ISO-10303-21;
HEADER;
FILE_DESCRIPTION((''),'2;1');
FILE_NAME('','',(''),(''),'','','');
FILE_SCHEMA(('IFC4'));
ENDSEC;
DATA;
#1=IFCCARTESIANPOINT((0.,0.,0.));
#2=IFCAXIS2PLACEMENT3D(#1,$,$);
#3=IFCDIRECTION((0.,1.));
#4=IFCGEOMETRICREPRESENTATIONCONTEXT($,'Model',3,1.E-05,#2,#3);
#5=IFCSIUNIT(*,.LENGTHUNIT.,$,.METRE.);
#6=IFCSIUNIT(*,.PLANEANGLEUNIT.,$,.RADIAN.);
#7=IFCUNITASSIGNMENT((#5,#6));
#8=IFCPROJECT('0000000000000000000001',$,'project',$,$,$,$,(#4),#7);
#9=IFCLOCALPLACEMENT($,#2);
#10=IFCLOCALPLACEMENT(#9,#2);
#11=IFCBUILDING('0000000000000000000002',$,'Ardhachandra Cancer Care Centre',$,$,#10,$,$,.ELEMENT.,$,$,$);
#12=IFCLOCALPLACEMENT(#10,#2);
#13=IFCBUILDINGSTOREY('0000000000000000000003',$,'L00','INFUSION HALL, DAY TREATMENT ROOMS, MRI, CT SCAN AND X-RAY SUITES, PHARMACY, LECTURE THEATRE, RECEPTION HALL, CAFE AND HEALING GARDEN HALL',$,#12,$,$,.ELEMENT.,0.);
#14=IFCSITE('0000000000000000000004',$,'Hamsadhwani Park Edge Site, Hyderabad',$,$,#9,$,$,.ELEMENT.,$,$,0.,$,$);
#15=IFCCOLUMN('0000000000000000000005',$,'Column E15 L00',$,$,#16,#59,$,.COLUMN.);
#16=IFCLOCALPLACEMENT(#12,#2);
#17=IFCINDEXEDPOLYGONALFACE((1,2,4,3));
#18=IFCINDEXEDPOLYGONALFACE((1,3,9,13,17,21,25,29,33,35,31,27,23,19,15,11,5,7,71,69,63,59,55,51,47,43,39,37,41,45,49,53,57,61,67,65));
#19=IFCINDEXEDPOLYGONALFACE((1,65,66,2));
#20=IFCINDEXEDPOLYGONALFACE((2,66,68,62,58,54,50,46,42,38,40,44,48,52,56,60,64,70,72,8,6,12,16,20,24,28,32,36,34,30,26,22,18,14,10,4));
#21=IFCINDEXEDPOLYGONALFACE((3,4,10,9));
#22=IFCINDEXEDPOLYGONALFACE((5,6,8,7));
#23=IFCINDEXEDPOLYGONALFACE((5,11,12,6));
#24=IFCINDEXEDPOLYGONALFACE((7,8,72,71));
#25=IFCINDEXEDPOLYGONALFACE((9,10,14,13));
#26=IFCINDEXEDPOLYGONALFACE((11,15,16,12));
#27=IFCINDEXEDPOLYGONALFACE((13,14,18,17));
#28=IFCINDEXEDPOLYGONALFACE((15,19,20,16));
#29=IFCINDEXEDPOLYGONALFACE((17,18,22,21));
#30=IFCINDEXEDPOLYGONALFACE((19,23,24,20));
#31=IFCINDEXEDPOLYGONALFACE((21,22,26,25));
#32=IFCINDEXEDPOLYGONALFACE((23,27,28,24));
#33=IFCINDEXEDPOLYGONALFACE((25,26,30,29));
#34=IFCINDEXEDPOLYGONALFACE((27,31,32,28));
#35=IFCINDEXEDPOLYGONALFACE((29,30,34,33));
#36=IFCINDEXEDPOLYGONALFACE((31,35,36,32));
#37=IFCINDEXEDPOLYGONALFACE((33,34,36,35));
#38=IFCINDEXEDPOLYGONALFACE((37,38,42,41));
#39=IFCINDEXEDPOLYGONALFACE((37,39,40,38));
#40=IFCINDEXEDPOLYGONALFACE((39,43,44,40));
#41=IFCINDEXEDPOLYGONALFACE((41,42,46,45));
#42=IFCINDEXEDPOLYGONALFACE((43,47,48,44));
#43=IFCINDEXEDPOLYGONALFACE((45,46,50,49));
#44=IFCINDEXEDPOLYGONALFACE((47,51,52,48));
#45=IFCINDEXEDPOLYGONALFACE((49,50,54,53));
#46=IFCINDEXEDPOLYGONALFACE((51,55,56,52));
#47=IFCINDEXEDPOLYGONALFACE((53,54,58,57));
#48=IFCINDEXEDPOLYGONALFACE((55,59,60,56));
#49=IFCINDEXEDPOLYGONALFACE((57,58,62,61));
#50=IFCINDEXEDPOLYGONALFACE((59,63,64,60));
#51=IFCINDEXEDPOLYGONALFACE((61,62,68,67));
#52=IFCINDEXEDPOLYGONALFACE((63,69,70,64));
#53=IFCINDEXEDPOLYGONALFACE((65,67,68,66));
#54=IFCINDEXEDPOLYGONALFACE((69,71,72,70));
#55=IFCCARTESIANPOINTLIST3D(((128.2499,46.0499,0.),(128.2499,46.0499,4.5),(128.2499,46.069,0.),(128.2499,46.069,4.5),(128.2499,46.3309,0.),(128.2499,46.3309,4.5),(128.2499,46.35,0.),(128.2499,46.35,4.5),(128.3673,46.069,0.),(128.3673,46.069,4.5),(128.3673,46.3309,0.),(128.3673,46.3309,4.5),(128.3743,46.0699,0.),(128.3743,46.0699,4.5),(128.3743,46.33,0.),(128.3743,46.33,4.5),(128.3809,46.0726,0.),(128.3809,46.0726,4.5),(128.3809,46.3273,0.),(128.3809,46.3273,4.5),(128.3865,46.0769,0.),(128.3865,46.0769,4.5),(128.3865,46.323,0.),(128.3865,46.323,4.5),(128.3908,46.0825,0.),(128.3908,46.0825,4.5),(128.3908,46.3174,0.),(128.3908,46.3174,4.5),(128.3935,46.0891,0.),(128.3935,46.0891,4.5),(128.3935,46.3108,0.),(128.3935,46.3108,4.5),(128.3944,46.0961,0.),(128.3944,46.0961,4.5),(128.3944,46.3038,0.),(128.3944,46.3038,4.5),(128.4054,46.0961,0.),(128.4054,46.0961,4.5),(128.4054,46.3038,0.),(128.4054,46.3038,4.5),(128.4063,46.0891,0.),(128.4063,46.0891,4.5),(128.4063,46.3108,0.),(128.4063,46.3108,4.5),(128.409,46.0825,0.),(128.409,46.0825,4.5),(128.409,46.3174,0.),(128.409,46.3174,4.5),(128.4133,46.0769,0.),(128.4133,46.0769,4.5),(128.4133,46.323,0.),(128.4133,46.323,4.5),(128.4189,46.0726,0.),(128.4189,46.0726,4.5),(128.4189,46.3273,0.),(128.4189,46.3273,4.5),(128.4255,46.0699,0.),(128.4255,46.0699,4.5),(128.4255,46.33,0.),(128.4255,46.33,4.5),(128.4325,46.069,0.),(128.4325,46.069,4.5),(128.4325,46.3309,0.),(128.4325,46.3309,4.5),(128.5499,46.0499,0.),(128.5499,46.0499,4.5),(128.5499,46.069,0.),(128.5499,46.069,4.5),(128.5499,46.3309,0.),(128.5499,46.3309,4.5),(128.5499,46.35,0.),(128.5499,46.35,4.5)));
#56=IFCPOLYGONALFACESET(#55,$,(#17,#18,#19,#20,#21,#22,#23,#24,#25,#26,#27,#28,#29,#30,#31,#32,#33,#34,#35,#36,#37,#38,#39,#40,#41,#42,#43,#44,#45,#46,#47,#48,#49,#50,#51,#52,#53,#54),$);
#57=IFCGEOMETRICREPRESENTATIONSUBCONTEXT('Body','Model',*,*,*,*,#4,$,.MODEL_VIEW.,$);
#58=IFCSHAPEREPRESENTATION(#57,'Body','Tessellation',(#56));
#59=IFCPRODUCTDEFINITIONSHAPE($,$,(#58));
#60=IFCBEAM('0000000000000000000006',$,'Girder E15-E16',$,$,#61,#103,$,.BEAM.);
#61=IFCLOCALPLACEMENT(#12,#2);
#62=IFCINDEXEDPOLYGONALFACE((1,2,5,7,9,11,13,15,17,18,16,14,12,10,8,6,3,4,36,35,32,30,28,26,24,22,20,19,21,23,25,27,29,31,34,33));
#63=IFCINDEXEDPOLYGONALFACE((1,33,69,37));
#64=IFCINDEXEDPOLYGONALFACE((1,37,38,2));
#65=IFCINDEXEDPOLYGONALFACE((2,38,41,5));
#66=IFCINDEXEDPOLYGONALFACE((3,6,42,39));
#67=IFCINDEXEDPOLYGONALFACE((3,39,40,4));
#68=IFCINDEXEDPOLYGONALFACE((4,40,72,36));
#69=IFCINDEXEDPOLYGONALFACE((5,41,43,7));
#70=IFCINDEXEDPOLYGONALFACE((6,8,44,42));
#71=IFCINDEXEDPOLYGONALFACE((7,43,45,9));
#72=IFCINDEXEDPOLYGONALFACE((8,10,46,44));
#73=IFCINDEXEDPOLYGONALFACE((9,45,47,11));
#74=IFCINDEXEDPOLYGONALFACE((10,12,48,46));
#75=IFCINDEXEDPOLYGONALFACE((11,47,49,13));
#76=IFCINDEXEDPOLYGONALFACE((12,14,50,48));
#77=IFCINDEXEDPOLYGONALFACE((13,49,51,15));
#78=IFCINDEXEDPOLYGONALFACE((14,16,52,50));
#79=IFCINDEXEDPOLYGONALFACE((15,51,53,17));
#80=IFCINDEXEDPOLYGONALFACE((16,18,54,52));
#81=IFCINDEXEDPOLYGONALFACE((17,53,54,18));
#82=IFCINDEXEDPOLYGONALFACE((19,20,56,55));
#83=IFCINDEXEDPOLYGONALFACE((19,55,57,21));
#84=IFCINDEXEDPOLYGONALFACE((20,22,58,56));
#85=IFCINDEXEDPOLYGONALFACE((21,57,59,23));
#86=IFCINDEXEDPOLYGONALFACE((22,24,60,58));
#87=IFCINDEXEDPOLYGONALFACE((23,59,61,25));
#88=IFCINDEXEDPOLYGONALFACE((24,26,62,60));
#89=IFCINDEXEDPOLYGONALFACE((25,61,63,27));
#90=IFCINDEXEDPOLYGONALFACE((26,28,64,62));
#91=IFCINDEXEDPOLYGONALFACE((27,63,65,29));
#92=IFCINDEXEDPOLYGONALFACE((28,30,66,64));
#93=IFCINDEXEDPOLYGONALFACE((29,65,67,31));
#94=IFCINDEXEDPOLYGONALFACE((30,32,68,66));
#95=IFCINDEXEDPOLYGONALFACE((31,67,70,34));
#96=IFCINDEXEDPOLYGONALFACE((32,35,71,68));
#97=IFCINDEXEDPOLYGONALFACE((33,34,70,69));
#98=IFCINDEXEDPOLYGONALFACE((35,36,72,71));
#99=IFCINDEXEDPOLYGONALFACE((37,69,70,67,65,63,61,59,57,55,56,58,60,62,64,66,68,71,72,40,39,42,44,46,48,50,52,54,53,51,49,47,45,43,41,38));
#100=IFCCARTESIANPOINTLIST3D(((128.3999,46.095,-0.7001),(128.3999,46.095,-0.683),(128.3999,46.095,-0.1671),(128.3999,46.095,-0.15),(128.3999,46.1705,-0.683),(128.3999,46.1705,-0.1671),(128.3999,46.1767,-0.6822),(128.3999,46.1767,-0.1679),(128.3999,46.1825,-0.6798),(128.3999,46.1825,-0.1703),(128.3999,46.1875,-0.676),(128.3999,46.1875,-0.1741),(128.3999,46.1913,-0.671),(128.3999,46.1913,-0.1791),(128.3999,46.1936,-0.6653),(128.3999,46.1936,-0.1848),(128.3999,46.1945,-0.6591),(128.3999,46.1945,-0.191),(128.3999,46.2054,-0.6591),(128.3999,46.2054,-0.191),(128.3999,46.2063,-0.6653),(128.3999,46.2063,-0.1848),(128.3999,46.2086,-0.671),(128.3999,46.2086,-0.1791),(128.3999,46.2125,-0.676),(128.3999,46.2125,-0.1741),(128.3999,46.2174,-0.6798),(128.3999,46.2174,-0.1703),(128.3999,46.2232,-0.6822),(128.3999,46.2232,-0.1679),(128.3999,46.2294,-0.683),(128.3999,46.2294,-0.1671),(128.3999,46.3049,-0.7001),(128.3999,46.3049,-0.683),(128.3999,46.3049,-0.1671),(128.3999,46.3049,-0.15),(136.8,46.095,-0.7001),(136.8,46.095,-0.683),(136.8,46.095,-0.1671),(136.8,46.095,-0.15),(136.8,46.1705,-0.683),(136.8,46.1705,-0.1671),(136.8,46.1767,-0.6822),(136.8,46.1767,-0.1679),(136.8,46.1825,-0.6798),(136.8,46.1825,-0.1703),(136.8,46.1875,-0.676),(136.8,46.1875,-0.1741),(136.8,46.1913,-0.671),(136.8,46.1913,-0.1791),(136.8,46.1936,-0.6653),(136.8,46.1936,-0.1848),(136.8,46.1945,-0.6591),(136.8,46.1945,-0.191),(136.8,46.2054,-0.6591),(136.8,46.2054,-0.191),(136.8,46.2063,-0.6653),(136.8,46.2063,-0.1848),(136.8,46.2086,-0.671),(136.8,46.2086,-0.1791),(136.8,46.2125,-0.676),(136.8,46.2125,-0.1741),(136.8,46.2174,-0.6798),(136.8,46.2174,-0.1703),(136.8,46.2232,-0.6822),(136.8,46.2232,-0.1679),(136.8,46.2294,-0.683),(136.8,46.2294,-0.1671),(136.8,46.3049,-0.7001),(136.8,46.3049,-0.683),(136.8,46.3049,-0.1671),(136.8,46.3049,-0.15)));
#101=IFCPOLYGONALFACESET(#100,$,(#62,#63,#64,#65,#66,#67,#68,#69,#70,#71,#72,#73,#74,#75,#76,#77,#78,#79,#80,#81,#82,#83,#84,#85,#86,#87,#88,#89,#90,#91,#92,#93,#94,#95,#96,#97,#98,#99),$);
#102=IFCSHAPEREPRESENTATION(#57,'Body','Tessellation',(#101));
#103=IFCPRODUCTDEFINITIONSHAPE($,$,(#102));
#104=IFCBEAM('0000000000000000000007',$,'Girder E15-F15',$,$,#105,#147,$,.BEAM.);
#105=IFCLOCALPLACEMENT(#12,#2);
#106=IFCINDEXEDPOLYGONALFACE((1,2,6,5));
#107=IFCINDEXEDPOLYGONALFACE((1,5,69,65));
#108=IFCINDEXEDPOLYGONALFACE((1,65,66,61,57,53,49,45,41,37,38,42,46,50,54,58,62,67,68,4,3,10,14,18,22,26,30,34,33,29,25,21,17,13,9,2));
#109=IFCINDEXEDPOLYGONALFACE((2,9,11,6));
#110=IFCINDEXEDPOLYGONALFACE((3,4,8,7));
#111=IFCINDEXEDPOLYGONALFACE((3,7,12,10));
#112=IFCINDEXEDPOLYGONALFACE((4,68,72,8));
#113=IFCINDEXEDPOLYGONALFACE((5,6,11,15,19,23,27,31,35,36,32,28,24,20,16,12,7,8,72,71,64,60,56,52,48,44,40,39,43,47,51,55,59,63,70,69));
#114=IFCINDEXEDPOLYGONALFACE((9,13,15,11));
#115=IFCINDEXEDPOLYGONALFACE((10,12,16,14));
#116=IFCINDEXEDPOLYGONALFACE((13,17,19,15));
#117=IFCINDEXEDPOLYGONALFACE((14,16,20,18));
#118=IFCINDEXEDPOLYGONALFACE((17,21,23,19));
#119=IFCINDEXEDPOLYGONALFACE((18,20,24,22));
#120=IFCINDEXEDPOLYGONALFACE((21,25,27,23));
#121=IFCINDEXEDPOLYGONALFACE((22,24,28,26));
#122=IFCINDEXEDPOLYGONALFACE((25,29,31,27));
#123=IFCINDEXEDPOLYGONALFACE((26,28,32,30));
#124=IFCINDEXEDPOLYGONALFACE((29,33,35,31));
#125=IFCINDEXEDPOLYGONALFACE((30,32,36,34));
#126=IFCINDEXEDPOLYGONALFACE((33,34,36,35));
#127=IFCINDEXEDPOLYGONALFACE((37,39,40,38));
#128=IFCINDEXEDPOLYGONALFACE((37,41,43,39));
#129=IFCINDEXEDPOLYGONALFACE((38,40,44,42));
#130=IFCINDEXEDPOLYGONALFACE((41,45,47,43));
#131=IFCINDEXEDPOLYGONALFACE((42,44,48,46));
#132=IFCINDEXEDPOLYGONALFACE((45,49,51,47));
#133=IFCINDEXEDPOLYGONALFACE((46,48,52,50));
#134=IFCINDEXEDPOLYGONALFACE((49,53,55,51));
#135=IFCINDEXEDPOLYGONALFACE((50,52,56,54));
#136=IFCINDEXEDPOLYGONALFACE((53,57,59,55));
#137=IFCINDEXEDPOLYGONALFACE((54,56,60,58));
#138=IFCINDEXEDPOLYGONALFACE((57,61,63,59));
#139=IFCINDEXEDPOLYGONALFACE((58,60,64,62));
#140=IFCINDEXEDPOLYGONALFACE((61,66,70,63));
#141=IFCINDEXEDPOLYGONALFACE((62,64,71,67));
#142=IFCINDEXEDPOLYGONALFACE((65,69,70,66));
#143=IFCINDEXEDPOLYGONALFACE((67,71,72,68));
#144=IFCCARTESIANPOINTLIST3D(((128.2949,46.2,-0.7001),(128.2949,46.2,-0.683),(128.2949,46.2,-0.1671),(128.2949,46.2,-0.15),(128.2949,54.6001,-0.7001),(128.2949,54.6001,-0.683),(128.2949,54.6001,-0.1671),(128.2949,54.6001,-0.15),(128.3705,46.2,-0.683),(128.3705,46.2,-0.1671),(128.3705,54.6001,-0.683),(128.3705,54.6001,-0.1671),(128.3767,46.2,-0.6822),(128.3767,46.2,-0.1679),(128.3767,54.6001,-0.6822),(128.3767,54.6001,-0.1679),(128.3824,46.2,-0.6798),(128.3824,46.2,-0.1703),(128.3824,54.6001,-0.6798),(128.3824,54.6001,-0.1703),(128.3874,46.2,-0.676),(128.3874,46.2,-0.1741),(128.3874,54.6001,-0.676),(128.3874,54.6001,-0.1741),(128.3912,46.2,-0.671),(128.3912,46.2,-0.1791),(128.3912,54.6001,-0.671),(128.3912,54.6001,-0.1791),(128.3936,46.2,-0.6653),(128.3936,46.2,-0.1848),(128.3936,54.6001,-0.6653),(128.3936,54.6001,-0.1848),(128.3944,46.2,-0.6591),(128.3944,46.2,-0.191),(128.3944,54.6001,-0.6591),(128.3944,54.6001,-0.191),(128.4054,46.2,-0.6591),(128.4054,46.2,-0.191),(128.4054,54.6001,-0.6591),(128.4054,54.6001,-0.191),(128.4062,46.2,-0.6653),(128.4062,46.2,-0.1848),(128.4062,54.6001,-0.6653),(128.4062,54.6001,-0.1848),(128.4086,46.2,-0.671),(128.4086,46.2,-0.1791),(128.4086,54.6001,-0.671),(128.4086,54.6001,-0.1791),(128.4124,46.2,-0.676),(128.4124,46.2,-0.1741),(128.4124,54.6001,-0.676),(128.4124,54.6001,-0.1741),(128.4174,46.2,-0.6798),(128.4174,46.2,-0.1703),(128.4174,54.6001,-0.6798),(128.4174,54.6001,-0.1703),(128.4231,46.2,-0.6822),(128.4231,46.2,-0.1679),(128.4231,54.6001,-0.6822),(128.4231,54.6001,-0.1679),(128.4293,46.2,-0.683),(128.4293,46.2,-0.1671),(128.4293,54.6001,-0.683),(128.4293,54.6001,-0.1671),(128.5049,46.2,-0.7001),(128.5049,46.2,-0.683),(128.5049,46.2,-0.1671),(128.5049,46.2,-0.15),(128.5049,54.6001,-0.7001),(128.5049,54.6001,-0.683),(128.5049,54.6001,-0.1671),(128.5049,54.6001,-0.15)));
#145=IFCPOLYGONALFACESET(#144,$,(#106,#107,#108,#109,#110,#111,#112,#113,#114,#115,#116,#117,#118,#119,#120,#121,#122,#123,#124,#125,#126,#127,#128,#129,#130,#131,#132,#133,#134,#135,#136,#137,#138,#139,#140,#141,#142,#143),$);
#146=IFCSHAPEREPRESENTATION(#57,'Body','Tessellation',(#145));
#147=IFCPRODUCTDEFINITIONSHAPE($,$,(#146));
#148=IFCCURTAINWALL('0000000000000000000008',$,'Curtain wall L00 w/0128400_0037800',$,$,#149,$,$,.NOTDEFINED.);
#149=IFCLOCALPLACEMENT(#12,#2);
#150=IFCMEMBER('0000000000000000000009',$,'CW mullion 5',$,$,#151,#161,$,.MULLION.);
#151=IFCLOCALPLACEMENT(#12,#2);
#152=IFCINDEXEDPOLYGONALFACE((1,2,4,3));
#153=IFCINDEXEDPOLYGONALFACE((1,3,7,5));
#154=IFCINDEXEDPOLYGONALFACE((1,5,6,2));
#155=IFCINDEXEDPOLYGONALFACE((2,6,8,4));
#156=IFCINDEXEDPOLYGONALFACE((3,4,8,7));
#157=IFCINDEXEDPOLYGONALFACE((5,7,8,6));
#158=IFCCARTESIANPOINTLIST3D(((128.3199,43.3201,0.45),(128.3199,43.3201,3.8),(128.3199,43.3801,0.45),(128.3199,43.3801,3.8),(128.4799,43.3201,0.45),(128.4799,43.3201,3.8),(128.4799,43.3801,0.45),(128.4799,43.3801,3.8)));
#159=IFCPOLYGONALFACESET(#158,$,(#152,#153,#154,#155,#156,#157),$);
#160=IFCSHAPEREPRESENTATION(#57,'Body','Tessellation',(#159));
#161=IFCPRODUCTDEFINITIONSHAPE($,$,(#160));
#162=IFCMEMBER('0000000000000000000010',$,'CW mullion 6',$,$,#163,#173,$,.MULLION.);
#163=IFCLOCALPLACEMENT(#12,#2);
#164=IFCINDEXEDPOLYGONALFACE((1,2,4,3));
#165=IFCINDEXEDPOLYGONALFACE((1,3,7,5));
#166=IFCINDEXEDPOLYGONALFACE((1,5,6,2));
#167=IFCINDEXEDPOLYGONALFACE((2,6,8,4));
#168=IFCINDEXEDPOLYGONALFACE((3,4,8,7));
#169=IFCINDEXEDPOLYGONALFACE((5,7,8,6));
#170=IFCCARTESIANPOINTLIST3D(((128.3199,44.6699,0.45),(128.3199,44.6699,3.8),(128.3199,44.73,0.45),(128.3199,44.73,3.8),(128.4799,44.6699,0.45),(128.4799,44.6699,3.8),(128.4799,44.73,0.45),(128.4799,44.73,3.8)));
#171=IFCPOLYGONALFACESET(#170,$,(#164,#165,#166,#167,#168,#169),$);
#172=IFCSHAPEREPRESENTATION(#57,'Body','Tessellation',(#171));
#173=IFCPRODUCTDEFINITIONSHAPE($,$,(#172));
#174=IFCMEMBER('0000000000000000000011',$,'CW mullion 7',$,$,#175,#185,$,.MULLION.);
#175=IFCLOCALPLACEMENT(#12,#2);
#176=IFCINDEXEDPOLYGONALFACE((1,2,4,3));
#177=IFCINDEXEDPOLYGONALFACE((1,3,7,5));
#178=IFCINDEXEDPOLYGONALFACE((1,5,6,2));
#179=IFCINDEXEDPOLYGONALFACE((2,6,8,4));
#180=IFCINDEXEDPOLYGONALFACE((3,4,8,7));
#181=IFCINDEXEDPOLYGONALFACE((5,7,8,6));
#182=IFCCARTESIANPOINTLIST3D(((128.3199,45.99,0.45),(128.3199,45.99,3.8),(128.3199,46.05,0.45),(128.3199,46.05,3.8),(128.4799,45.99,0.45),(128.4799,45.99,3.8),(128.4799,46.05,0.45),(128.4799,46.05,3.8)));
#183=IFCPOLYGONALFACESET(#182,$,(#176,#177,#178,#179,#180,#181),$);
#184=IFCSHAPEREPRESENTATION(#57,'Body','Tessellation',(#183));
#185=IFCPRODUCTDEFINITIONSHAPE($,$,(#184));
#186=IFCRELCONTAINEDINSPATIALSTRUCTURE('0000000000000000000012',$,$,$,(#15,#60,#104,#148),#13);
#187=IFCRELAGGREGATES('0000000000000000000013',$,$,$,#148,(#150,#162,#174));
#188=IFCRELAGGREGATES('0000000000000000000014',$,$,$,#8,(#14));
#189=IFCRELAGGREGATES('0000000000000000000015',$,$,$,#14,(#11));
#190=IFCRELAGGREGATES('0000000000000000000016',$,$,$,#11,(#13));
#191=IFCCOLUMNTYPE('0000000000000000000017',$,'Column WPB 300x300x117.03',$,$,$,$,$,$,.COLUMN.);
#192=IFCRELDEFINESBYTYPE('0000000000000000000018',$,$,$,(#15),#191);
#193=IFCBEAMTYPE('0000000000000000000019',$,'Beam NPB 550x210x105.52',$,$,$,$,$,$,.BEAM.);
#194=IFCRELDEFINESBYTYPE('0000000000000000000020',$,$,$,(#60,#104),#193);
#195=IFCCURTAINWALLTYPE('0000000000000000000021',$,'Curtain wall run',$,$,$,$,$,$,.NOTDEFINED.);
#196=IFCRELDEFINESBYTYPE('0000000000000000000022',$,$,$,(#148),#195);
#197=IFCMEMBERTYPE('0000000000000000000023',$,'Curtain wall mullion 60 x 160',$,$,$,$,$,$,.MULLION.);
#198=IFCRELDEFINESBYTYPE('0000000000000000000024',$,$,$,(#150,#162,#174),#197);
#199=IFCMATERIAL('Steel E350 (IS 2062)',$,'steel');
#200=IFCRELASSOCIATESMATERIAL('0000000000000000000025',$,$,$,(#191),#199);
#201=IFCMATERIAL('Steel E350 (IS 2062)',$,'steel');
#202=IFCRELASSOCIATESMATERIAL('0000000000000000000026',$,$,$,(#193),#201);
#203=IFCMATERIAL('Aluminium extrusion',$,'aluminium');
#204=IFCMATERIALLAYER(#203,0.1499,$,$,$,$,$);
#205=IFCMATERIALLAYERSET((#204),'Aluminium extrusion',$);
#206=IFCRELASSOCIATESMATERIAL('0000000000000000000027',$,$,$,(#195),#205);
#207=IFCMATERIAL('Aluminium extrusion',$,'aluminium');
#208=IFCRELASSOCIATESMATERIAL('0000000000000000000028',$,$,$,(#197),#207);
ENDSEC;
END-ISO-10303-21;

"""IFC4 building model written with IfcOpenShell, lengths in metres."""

from ifc_helpers import new_model, si_unit, direction, frame, origin, origin_2d, place, context, subcontext, project, spatial, rectangle, i_section, extrude, material, layer, layer_set, material_profile, profile_set, type_object, element, aggregate, save


model = new_model("IFC4")

# Units and contexts
model_context = context("Model", 3, precision=1e-05, world=origin(), true_north=direction((0.0, 1.0)))
body_context = subcontext(model_context, "Body", "Model", "MODEL_VIEW")
ifc_project = project(units=[si_unit("LENGTHUNIT", "METRE"), si_unit("PLANEANGLEUNIT", "RADIAN")], contexts=[model_context])

# Site, building, storey
site_placement = place(None, origin())
site = spatial("IfcSite", under=ifc_project, at=site_placement, Name="Hamsadhwani Park Edge Site, Hyderabad", CompositionType="ELEMENT", RefElevation=0.0)
building_placement = place(site_placement, origin())
building = spatial("IfcBuilding", under=site, at=building_placement, Name="Ardhachandra Cancer Care Centre", CompositionType="ELEMENT")
storey_placement = place(building_placement, origin())
storey = spatial("IfcBuildingStorey", under=building, at=storey_placement, Name="L00", Description="INFUSION HALL, DAY TREATMENT ROOMS, MRI, CT SCAN AND X-RAY SUITES, PHARMACY, LECTURE THEATRE, RECEPTION HALL, CAFE AND HEALING GARDEN HALL", CompositionType="ELEMENT", Elevation=0.0)

# Column
ifc_material_1 = material(Name="Steel E350 (IS 2062)", Category="steel")
ifc_material_profile_1 = material_profile(ifc_material_1, i_section(OverallWidth=0.3, OverallDepth=0.3, WebThickness=0.011, FlangeThickness=0.019, FilletRadius=0.0271, at=origin_2d()), Name="WPB 300x300x117.03")
ifc_profile_set_1 = profile_set([ifc_material_profile_1], Name="Steel E350 (IS 2062)")
column_type = type_object("IfcColumnType", Name="Column WPB 300x300x117.03", PredefinedType="COLUMN", material=ifc_profile_set_1)
column_placement = place(storey_placement, frame((128.3999, 46.2, 0.0), z_axis=(0.0, 0.0, 1.0), x_axis=(1.0, 0.0, 0.0)))
element("IfcColumn", 1, at=column_placement, inside=storey, type_object=column_type, Name="Column E15 L00", PredefinedType="COLUMN", context=body_context, shape_type="SweptSolid", body=[
    extrude(i_section(OverallWidth=0.3, OverallDepth=0.3, WebThickness=0.011, FlangeThickness=0.019, FilletRadius=0.0271, at=origin_2d()), origin(), (0.0, 0.0, 1.0), 4.5),
])

# Beams
ifc_material_2 = material(Name="Steel E350 (IS 2062)", Category="steel")
ifc_material_profile_2 = material_profile(ifc_material_2, i_section(OverallWidth=0.21, OverallDepth=0.55, WebThickness=0.011, FlangeThickness=0.0171, FilletRadius=0.0239, at=origin_2d()), Name="NPB 550x210x105.52")
ifc_profile_set_2 = profile_set([ifc_material_profile_2], Name="Steel E350 (IS 2062)")
beam_type = type_object("IfcBeamType", Name="Beam NPB 550x210x105.52", PredefinedType="BEAM", material=ifc_profile_set_2)
for number, where, z_axis, x_axis, name in (
    (2, (128.3999, 46.2, -0.425), (1.0, 0.0, 0.0), (0.0, 1.0, 0.0), "Girder E15-E16"),
    (3, (128.3999, 46.2, -0.425), (0.0, 1.0, 0.0), (-1.0, 0.0, 0.0), "Girder E15-F15"),
):
    element("IfcBeam", number, at=place(storey_placement, frame(where, z_axis=z_axis, x_axis=x_axis)), inside=storey, type_object=beam_type, Name=name, PredefinedType="BEAM", context=body_context, shape_type="SweptSolid", body=[
        extrude(i_section(OverallWidth=0.21, OverallDepth=0.55, WebThickness=0.011, FlangeThickness=0.0171, FilletRadius=0.0239, at=origin_2d()), origin(), (0.0, 0.0, 1.0), 8.4001),
    ])

# Curtain wall, members
ifc_material_3 = material(Name="Aluminium extrusion", Category="aluminium")
ifc_layer_1 = layer(ifc_material_3, 0.1499)
ifc_layer_set_1 = layer_set([ifc_layer_1], Name="Aluminium extrusion")
curtain_wall_type = type_object("IfcCurtainWallType", Name="Curtain wall run", PredefinedType="NOTDEFINED", material=ifc_layer_set_1)
curtain_wall_placement = place(storey_placement, origin())
curtain_wall = element("IfcCurtainWall", 4, at=curtain_wall_placement, inside=storey, type_object=curtain_wall_type, Name="Curtain wall L00 w/0128400_0037800", PredefinedType="NOTDEFINED")
ifc_material_4 = material(Name="Aluminium extrusion", Category="aluminium")
ifc_material_profile_3 = material_profile(ifc_material_4, rectangle(XDim=0.1599, YDim=0.0601, at=origin_2d()), Name="Curtain wall mullion 60 x 160")
ifc_profile_set_3 = profile_set([ifc_material_profile_3], Name="Aluminium extrusion")
member_type_1 = type_object("IfcMemberType", Name="Curtain wall mullion 60 x 160", PredefinedType="MULLION", material=ifc_profile_set_3)
member_1_placement = place(storey_placement, frame((128.3999, 43.3501, 0.45), z_axis=(0.0, 0.0, 1.0), x_axis=(-1.0, 0.0, 0.0)))
member_1 = element("IfcMember", 5, at=member_1_placement, type_object=member_type_1, Name="CW mullion 5", PredefinedType="MULLION", context=body_context, shape_type="SweptSolid", body=[
    extrude(rectangle(XDim=0.1599, YDim=0.0601, at=origin_2d()), origin(), (0.0, 0.0, 1.0), 3.3501),
])
member_2_placement = place(storey_placement, frame((128.3999, 44.7, 0.45), z_axis=(0.0, 0.0, 1.0), x_axis=(-1.0, 0.0, 0.0)))
member_2 = element("IfcMember", 6, at=member_2_placement, type_object=member_type_1, Name="CW mullion 6", PredefinedType="MULLION", context=body_context, shape_type="SweptSolid", body=[
    extrude(rectangle(XDim=0.1599, YDim=0.0601, at=origin_2d()), origin(), (0.0, 0.0, 1.0), 3.3501),
])
member_3_placement = place(storey_placement, frame((128.3999, 46.02, 0.45), z_axis=(0.0, 0.0, 1.0), x_axis=(-1.0, 0.0, 0.0)))
member_3 = element("IfcMember", 7, at=member_3_placement, type_object=member_type_1, Name="CW mullion 7", PredefinedType="MULLION", context=body_context, shape_type="SweptSolid", body=[
    extrude(rectangle(XDim=0.1599, YDim=0.0601, at=origin_2d()), origin(), (0.0, 0.0, 1.0), 3.3501),
])
aggregate(curtain_wall, [member_1, member_2, member_3])

save(model, "model.ifc")
